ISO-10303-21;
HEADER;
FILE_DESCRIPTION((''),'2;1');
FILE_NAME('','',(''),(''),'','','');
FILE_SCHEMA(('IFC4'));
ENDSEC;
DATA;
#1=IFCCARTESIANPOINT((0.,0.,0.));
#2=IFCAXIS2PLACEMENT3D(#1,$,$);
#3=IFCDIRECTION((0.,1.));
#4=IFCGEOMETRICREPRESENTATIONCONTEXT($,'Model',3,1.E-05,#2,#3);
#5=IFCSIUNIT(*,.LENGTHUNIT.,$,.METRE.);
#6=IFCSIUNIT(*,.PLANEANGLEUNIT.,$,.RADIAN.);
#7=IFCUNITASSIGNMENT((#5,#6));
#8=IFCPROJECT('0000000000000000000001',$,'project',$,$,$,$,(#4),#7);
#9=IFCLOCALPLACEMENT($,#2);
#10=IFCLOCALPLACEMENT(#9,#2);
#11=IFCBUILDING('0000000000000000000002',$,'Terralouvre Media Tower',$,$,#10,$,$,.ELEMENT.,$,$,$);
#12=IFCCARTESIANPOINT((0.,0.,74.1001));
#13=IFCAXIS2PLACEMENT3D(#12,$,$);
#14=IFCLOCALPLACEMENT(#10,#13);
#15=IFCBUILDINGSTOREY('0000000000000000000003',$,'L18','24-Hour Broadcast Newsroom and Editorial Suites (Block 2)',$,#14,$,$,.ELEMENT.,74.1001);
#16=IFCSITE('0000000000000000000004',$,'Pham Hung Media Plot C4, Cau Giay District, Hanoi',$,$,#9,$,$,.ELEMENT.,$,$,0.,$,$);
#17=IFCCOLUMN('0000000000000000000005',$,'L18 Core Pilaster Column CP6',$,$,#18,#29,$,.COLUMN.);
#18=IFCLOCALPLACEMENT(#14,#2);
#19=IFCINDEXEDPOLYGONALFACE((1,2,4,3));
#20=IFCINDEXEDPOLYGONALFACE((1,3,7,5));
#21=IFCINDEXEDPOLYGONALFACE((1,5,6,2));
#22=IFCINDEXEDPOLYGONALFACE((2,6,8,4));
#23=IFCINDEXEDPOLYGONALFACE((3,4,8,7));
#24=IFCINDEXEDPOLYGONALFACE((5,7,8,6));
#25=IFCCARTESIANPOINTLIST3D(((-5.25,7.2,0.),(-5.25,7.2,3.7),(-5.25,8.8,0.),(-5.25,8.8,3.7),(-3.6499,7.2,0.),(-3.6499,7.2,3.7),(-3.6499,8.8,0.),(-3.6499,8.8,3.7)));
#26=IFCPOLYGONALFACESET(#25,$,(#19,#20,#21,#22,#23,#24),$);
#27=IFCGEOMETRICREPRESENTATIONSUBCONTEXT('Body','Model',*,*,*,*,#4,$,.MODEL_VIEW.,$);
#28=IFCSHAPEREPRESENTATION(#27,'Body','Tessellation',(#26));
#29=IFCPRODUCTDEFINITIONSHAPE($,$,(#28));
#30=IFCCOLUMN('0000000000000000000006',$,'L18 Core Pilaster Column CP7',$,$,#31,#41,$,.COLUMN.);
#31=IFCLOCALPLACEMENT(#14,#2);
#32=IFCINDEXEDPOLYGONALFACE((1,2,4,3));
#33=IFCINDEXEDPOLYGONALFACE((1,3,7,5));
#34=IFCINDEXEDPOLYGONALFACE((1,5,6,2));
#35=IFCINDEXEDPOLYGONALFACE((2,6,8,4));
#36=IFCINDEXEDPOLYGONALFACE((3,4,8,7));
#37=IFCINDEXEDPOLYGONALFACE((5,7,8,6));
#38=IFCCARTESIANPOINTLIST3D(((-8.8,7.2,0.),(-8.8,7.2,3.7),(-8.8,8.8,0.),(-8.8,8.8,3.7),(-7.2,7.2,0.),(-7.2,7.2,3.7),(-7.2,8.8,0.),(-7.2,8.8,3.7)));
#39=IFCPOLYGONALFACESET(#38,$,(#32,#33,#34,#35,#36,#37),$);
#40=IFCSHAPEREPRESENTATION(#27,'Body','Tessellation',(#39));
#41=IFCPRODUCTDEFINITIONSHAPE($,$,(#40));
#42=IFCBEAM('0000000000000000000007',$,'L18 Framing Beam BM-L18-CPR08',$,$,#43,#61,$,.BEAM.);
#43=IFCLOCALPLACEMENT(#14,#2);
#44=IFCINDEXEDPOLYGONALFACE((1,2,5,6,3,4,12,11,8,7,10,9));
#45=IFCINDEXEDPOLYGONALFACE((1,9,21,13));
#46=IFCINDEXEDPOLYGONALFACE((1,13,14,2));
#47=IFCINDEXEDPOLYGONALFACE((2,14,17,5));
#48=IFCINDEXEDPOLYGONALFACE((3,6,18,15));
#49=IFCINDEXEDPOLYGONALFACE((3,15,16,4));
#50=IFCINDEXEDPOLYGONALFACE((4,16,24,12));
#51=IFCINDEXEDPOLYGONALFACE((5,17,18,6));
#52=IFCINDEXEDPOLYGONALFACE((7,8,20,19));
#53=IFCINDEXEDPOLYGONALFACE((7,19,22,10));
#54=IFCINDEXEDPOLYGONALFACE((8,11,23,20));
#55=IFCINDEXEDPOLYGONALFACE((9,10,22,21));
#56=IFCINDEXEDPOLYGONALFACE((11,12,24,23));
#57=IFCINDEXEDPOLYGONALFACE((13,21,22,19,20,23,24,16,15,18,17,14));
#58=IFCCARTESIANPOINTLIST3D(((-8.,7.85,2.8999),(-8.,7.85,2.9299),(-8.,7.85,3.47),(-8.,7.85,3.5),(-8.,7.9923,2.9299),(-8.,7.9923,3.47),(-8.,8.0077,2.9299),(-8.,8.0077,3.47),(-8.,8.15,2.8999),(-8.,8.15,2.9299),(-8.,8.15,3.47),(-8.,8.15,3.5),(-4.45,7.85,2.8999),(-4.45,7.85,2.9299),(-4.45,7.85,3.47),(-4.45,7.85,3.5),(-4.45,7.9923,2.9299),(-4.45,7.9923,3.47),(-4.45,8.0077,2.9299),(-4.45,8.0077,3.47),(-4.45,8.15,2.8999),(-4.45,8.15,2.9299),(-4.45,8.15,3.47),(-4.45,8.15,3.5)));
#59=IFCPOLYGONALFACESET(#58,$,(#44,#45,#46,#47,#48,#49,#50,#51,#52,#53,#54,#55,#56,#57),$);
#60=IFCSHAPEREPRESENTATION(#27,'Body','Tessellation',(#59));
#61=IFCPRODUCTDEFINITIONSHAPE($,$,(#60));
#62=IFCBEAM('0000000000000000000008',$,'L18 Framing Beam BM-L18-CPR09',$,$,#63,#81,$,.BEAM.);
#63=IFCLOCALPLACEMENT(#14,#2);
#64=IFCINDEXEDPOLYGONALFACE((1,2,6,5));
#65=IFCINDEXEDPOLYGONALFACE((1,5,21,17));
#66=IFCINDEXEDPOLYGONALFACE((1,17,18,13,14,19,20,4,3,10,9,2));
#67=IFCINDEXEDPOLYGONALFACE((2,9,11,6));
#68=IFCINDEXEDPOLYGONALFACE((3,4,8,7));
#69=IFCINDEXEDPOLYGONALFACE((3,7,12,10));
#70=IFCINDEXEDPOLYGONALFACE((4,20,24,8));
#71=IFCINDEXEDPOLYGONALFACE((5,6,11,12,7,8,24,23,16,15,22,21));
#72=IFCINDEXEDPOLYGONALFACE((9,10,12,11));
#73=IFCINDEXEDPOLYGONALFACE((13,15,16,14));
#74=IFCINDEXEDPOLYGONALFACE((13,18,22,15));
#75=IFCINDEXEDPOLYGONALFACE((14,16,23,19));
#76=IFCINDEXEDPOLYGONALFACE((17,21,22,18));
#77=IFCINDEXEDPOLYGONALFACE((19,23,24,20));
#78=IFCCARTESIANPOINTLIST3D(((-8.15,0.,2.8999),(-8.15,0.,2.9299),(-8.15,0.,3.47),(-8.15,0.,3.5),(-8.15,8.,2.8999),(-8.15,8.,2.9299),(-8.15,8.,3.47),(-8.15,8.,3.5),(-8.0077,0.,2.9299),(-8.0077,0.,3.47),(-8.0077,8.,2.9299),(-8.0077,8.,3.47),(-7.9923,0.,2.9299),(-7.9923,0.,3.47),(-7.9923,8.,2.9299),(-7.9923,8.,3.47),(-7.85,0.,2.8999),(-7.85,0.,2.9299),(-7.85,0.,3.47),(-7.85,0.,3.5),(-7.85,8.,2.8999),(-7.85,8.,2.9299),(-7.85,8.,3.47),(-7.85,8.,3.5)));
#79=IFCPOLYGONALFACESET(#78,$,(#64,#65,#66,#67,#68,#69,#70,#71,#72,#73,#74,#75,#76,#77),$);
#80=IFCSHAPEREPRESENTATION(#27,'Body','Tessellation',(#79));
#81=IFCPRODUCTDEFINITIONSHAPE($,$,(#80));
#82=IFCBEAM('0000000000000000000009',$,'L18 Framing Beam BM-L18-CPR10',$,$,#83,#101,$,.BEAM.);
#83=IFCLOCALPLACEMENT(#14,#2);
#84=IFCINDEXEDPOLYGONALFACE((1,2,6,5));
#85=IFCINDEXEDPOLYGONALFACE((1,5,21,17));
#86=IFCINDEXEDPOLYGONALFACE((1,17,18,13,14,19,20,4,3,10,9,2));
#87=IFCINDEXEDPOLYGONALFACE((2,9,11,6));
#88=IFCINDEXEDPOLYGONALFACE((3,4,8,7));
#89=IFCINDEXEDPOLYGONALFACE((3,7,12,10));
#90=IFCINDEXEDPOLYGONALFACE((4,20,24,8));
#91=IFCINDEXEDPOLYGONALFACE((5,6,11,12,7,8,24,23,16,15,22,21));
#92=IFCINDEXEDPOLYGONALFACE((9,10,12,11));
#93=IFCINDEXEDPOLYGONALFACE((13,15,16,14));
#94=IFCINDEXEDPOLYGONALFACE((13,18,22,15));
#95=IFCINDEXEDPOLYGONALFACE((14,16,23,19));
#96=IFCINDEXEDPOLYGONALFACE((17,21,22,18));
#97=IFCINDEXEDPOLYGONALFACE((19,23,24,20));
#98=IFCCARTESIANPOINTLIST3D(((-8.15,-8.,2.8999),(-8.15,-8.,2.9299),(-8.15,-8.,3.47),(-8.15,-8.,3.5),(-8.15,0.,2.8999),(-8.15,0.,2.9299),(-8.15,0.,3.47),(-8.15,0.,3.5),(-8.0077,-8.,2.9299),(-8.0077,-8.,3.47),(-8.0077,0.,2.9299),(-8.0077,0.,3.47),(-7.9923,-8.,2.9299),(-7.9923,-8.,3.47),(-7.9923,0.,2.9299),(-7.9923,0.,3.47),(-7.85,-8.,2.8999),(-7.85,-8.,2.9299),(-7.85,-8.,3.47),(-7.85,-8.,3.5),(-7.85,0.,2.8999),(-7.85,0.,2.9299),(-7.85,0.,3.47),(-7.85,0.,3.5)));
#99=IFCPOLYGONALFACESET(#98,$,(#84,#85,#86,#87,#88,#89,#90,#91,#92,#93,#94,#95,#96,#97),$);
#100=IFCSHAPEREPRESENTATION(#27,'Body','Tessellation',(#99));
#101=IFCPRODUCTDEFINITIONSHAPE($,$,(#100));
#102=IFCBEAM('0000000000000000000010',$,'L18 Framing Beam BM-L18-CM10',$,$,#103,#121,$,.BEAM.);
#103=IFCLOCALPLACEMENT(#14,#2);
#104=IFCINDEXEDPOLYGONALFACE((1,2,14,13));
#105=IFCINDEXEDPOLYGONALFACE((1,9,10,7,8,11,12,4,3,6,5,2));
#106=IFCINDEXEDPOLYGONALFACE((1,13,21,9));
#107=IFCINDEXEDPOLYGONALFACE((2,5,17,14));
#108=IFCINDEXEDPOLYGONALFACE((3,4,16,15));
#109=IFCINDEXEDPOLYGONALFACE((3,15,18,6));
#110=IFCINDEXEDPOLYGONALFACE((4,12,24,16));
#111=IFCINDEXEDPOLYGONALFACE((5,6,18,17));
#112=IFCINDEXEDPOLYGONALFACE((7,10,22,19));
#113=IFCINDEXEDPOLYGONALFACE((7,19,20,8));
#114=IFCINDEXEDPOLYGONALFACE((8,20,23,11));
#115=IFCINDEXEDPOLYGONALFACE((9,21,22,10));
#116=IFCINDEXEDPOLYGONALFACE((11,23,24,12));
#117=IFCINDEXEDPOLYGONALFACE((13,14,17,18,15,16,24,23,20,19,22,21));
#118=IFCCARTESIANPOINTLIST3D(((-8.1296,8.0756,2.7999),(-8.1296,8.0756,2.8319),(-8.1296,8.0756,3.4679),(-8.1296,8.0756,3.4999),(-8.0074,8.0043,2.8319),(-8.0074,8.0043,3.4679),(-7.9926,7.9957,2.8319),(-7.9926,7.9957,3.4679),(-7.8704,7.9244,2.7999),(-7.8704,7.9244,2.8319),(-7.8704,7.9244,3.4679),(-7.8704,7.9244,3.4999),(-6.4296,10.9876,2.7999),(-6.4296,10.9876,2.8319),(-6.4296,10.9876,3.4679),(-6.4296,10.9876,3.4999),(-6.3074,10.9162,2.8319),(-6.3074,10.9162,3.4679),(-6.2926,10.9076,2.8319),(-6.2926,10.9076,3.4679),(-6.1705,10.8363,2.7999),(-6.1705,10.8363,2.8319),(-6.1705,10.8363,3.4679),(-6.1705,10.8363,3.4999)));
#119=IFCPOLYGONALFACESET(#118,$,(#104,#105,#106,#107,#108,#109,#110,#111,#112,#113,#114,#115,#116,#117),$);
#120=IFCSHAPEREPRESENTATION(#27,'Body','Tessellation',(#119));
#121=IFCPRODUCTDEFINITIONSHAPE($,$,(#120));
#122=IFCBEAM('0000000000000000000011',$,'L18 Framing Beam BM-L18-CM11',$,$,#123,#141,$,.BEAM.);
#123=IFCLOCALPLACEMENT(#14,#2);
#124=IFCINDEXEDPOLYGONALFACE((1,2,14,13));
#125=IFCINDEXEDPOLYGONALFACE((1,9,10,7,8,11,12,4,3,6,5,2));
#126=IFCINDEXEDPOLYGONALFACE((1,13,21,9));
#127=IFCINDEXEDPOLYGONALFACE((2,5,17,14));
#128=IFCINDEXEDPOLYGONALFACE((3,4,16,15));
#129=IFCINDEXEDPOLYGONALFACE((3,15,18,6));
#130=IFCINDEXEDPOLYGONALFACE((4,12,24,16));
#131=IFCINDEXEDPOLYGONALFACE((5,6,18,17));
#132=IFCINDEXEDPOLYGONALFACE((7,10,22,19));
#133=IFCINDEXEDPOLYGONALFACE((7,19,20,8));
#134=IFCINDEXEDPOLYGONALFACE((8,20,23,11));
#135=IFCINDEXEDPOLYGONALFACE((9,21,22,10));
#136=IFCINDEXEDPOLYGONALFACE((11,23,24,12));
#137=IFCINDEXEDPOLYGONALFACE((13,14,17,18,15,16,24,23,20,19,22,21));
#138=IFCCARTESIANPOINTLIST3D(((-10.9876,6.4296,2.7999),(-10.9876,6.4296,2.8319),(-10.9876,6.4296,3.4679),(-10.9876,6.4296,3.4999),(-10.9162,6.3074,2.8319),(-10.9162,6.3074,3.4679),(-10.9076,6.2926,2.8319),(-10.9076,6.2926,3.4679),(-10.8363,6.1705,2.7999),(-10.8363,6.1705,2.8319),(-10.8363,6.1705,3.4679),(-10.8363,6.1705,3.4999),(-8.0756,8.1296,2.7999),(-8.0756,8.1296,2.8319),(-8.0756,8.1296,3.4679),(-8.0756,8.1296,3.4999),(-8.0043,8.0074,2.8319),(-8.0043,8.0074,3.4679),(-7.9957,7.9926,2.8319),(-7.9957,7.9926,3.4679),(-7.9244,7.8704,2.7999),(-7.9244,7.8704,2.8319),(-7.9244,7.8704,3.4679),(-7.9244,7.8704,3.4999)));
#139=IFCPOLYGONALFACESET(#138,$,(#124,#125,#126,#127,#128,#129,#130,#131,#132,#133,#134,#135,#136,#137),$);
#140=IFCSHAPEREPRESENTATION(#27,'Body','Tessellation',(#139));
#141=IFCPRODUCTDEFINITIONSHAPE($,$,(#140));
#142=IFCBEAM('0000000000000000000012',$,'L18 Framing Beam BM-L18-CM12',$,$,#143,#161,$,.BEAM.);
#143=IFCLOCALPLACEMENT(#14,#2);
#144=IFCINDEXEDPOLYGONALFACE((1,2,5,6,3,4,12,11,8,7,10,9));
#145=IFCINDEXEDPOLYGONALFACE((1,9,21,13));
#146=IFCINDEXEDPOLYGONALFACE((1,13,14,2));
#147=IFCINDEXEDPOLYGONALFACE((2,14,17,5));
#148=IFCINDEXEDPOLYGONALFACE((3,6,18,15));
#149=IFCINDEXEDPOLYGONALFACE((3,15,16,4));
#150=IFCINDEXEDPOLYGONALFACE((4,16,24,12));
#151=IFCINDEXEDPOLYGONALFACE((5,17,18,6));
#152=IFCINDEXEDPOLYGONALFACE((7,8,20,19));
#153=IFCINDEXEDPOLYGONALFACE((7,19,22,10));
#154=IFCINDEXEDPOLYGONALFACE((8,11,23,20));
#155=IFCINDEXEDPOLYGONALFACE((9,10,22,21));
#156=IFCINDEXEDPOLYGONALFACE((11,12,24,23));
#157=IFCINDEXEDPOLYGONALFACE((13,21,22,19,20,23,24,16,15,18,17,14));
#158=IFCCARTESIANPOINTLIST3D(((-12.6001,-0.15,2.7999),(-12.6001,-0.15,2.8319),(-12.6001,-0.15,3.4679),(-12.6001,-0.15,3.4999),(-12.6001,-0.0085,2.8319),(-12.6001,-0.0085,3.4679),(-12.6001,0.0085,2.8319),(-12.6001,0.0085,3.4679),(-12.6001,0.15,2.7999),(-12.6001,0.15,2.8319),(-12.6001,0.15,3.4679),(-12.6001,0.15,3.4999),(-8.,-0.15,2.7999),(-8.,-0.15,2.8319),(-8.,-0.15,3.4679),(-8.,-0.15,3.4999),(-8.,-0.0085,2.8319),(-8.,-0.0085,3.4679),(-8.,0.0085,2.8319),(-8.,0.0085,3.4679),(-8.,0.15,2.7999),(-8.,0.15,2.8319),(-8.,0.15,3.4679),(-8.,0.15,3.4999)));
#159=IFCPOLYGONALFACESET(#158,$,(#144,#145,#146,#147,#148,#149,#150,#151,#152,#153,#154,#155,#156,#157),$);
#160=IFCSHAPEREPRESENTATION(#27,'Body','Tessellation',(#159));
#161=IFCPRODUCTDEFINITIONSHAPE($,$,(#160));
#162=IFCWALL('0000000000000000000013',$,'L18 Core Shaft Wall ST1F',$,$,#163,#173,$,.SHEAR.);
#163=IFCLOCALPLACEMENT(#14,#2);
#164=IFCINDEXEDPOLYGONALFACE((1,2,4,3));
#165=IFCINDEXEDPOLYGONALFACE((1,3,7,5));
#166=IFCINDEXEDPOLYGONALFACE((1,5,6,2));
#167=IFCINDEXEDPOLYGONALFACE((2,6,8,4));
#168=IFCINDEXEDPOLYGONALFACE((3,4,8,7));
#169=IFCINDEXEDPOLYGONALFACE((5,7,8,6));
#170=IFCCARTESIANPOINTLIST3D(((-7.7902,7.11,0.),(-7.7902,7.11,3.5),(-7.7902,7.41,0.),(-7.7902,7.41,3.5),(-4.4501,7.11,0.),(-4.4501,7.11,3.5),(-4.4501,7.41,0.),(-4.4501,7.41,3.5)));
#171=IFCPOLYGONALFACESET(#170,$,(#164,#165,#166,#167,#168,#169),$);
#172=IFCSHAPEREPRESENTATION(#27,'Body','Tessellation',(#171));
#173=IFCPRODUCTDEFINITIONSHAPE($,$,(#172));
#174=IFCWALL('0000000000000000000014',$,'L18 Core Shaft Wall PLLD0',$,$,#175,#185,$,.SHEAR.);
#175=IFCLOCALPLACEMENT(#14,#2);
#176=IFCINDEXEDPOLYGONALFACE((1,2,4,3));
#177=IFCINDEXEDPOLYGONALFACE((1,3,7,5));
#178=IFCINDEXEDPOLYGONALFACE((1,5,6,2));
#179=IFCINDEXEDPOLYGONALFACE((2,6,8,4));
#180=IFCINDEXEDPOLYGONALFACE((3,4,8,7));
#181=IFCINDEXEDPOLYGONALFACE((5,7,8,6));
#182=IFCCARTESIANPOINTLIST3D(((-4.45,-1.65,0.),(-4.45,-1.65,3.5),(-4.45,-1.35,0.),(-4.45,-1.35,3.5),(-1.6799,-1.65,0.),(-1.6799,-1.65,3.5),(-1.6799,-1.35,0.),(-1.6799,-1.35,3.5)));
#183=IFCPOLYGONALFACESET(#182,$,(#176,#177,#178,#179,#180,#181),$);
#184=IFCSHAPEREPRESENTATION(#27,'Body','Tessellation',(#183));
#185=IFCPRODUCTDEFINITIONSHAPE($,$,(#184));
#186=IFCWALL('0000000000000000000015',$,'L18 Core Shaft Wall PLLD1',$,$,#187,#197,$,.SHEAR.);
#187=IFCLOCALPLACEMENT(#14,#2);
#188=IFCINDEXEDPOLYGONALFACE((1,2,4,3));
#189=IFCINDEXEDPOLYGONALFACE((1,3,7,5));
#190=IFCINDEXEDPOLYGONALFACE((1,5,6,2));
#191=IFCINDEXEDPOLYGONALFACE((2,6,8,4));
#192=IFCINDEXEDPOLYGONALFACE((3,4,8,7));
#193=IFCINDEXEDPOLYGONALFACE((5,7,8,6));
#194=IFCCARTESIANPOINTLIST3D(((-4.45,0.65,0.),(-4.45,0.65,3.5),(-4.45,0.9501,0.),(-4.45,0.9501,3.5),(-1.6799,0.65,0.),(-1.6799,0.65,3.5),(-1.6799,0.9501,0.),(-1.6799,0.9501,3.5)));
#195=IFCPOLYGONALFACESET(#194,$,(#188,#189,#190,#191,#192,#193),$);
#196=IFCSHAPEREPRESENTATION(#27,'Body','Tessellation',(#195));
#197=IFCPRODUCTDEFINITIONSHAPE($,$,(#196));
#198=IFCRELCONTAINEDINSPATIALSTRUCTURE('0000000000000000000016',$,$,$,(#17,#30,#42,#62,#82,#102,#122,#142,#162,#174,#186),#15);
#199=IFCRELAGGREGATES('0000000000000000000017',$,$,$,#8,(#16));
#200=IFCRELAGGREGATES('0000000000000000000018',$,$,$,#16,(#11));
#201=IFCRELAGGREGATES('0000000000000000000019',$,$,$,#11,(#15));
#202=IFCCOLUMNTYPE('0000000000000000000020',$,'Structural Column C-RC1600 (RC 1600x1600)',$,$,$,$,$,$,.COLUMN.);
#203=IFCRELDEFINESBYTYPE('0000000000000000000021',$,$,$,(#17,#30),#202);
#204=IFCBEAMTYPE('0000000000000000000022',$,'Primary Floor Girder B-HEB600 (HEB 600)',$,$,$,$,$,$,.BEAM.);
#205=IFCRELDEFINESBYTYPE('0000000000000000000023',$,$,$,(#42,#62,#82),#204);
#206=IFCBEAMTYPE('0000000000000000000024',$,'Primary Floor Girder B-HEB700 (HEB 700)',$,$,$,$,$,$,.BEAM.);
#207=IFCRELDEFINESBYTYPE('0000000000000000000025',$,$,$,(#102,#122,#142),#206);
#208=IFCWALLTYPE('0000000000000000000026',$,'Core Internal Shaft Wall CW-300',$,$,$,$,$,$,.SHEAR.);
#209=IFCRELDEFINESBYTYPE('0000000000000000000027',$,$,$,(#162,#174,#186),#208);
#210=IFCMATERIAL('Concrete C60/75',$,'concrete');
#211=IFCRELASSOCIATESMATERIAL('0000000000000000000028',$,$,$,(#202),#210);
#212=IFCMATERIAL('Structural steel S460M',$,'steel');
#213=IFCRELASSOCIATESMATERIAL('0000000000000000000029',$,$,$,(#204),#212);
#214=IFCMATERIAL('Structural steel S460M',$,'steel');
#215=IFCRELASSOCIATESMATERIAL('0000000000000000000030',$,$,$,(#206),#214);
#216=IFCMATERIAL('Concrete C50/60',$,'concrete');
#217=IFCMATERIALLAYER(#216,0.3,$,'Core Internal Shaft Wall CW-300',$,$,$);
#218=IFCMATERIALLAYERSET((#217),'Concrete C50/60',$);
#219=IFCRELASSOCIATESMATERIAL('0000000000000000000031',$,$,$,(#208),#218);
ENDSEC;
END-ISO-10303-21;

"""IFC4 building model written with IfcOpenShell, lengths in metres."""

from ifc_helpers import new_model, si_unit, direction, frame, frame_2d, origin, origin_2d, place, context, subcontext, project, spatial, rectangle, i_section, extrude, material, layer, layer_set, material_profile, profile_set, type_object, element, save


model = new_model("IFC4")

# Units and contexts
model_context = context("Model", 3, precision=1e-05, world=origin(), true_north=direction((0.0, 1.0)))
body_context = subcontext(model_context, "Body", "Model", "MODEL_VIEW")
ifc_project = project(units=[si_unit("LENGTHUNIT", "METRE"), si_unit("PLANEANGLEUNIT", "RADIAN")], contexts=[model_context])

# Site, building, storey
site_placement = place(None, origin())
site = spatial("IfcSite", under=ifc_project, at=site_placement, Name="Pham Hung Media Plot C4, Cau Giay District, Hanoi", CompositionType="ELEMENT", RefElevation=0.0)
building_placement = place(site_placement, origin())
building = spatial("IfcBuilding", under=site, at=building_placement, Name="Terralouvre Media Tower", CompositionType="ELEMENT")
storey_placement = place(building_placement, frame((0.0, 0.0, 74.1001)))
storey = spatial("IfcBuildingStorey", under=building, at=storey_placement, Name="L18", Description="24-Hour Broadcast Newsroom and Editorial Suites (Block 2)", CompositionType="ELEMENT", Elevation=74.1001)

# Columns
ifc_material_1 = material(Name="Concrete C60/75", Category="concrete")
ifc_material_profile_1 = material_profile(ifc_material_1, rectangle(XDim=1.6001, YDim=1.6001, at=origin_2d()), Name="RC 1600x1600")
ifc_profile_set_1 = profile_set([ifc_material_profile_1], Name="Concrete C60/75")
column_type = type_object("IfcColumnType", Name="Structural Column C-RC1600 (RC 1600x1600)", PredefinedType="COLUMN", material=ifc_profile_set_1)
for number, where, z_axis, x_axis, name in (
    (1, (-4.45, 8.0, 0.0), (0.0, 0.0, 1.0), (1.0, 0.0, 0.0), "L18 Core Pilaster Column CP6"),
    (2, (-8.0, 8.0, 0.0), (0.0, 0.0, 1.0), (1.0, 0.0, 0.0), "L18 Core Pilaster Column CP7"),
):
    element("IfcColumn", number, at=place(storey_placement, frame(where, z_axis=z_axis, x_axis=x_axis)), inside=storey, type_object=column_type, Name=name, PredefinedType="COLUMN", context=body_context, shape_type="SweptSolid", body=[
        extrude(rectangle(XDim=1.6001, YDim=1.6001, at=origin_2d()), origin(), (0.0, 0.0, 1.0), 3.7),
    ])

# Beams
ifc_material_2 = material(Name="Structural steel S460M", Category="steel")
ifc_material_profile_2 = material_profile(ifc_material_2, i_section(OverallWidth=0.3, OverallDepth=0.6001, WebThickness=0.0154, FlangeThickness=0.03, at=origin_2d()), Name="HEB 600")
ifc_profile_set_2 = profile_set([ifc_material_profile_2], Name="Structural steel S460M")
beam_type_1 = type_object("IfcBeamType", Name="Primary Floor Girder B-HEB600 (HEB 600)", PredefinedType="BEAM", material=ifc_profile_set_2)
beam_1_placement = place(storey_placement, frame((-4.45, 8.0, 3.2), z_axis=(-1.0, 0.0, 0.0), x_axis=(0.0, -1.0, 0.0)))
element("IfcBeam", 3, at=beam_1_placement, inside=storey, type_object=beam_type_1, Name="L18 Framing Beam BM-L18-CPR08", PredefinedType="BEAM", context=body_context, shape_type="SweptSolid", body=[
    extrude(i_section(OverallWidth=0.3, OverallDepth=0.6001, WebThickness=0.0154, FlangeThickness=0.03, at=origin_2d()), origin(), (0.0, 0.0, 1.0), 3.55),
])
for number, where, z_axis, x_axis, name in (
    (4, (-8.0, 8.0, 3.2), (0.0, -1.0, 0.0), (1.0, 0.0, 0.0), "L18 Framing Beam BM-L18-CPR09"),
    (5, (-8.0, 0.0, 3.2), (0.0, -1.0, 0.0), (1.0, 0.0, 0.0), "L18 Framing Beam BM-L18-CPR10"),
):
    element("IfcBeam", number, at=place(storey_placement, frame(where, z_axis=z_axis, x_axis=x_axis)), inside=storey, type_object=beam_type_1, Name=name, PredefinedType="BEAM", context=body_context, shape_type="SweptSolid", body=[
        extrude(i_section(OverallWidth=0.3, OverallDepth=0.6001, WebThickness=0.0154, FlangeThickness=0.03, at=origin_2d()), origin(), (0.0, 0.0, 1.0), 8.0),
    ])
ifc_material_3 = material(Name="Structural steel S460M", Category="steel")
ifc_material_profile_3 = material_profile(ifc_material_3, i_section(OverallWidth=0.3, OverallDepth=0.7, WebThickness=0.0171, FlangeThickness=0.032, at=origin_2d()), Name="HEB 700")
ifc_profile_set_3 = profile_set([ifc_material_profile_3], Name="Structural steel S460M")
beam_type_2 = type_object("IfcBeamType", Name="Primary Floor Girder B-HEB700 (HEB 700)", PredefinedType="BEAM", material=ifc_profile_set_3)
for number, where, z_axis, x_axis, name in (
    (6, (-8.0, 8.0, 3.1499), (0.504173, 0.863603, 0.0), (-0.863603, 0.504173, 0.0), "L18 Framing Beam BM-L18-CM10"),
    (7, (-8.0, 8.0, 3.1499), (-0.863603, -0.504173, 0.0), (0.504173, -0.863603, 0.0), "L18 Framing Beam BM-L18-CM11"),
):
    element("IfcBeam", number, at=place(storey_placement, frame(where, z_axis=z_axis, x_axis=x_axis)), inside=storey, type_object=beam_type_2, Name=name, PredefinedType="BEAM", context=body_context, shape_type="SweptSolid", body=[
        extrude(i_section(OverallWidth=0.3, OverallDepth=0.7, WebThickness=0.0171, FlangeThickness=0.032, at=origin_2d()), origin(), (0.0, 0.0, 1.0), 3.3718),
    ])
beam_2_placement = place(storey_placement, frame((-8.0, 0.0, 3.1499), z_axis=(-1.0, 0.0, 0.0), x_axis=(0.0, -1.0, 0.0)))
element("IfcBeam", 8, at=beam_2_placement, inside=storey, type_object=beam_type_2, Name="L18 Framing Beam BM-L18-CM12", PredefinedType="BEAM", context=body_context, shape_type="SweptSolid", body=[
    extrude(i_section(OverallWidth=0.3, OverallDepth=0.7, WebThickness=0.0171, FlangeThickness=0.032, at=origin_2d()), origin(), (0.0, 0.0, 1.0), 4.6001),
])

# Shared definitions
ifc_material_4 = material(Name="Concrete C50/60", Category="concrete")
ifc_layer_1 = layer(ifc_material_4, 0.3, Name="Core Internal Shaft Wall CW-300")
ifc_layer_set_1 = layer_set([ifc_layer_1], Name="Concrete C50/60")
wall_type_1 = type_object("IfcWallType", Name="Core Internal Shaft Wall CW-300", PredefinedType="SHEAR", material=ifc_layer_set_1)

# Walls
wall_1_placement = place(storey_placement, frame((-7.79, 7.26, 0.0), z_axis=(0.0, 0.0, 1.0), x_axis=(1.0, 0.0, 0.0)))
element("IfcWall", 9, at=wall_1_placement, inside=storey, type_object=wall_type_1, Name="L18 Core Shaft Wall ST1F", PredefinedType="SHEAR", context=body_context, shape_type="SweptSolid", body=[
    extrude(rectangle(XDim=3.3401, YDim=0.3, at=frame_2d((1.6699, 0.0))), origin(), (0.0, 0.0, 1.0), 3.5),
])
for number, where, z_axis, x_axis, name in (
    (10, (-4.45, -1.5, 0.0), (0.0, 0.0, 1.0), (1.0, 0.0, 0.0), "L18 Core Shaft Wall PLLD0"),
    (11, (-4.45, 0.8, 0.0), (0.0, 0.0, 1.0), (1.0, 0.0, 0.0), "L18 Core Shaft Wall PLLD1"),
):
    element("IfcWall", number, at=place(storey_placement, frame(where, z_axis=z_axis, x_axis=x_axis)), inside=storey, type_object=wall_type_1, Name=name, PredefinedType="SHEAR", context=body_context, shape_type="SweptSolid", body=[
        extrude(rectangle(XDim=2.77, YDim=0.3, at=frame_2d((1.385, 0.0))), origin(), (0.0, 0.0, 1.0), 3.5),
    ])

save(model, "model.ifc")
